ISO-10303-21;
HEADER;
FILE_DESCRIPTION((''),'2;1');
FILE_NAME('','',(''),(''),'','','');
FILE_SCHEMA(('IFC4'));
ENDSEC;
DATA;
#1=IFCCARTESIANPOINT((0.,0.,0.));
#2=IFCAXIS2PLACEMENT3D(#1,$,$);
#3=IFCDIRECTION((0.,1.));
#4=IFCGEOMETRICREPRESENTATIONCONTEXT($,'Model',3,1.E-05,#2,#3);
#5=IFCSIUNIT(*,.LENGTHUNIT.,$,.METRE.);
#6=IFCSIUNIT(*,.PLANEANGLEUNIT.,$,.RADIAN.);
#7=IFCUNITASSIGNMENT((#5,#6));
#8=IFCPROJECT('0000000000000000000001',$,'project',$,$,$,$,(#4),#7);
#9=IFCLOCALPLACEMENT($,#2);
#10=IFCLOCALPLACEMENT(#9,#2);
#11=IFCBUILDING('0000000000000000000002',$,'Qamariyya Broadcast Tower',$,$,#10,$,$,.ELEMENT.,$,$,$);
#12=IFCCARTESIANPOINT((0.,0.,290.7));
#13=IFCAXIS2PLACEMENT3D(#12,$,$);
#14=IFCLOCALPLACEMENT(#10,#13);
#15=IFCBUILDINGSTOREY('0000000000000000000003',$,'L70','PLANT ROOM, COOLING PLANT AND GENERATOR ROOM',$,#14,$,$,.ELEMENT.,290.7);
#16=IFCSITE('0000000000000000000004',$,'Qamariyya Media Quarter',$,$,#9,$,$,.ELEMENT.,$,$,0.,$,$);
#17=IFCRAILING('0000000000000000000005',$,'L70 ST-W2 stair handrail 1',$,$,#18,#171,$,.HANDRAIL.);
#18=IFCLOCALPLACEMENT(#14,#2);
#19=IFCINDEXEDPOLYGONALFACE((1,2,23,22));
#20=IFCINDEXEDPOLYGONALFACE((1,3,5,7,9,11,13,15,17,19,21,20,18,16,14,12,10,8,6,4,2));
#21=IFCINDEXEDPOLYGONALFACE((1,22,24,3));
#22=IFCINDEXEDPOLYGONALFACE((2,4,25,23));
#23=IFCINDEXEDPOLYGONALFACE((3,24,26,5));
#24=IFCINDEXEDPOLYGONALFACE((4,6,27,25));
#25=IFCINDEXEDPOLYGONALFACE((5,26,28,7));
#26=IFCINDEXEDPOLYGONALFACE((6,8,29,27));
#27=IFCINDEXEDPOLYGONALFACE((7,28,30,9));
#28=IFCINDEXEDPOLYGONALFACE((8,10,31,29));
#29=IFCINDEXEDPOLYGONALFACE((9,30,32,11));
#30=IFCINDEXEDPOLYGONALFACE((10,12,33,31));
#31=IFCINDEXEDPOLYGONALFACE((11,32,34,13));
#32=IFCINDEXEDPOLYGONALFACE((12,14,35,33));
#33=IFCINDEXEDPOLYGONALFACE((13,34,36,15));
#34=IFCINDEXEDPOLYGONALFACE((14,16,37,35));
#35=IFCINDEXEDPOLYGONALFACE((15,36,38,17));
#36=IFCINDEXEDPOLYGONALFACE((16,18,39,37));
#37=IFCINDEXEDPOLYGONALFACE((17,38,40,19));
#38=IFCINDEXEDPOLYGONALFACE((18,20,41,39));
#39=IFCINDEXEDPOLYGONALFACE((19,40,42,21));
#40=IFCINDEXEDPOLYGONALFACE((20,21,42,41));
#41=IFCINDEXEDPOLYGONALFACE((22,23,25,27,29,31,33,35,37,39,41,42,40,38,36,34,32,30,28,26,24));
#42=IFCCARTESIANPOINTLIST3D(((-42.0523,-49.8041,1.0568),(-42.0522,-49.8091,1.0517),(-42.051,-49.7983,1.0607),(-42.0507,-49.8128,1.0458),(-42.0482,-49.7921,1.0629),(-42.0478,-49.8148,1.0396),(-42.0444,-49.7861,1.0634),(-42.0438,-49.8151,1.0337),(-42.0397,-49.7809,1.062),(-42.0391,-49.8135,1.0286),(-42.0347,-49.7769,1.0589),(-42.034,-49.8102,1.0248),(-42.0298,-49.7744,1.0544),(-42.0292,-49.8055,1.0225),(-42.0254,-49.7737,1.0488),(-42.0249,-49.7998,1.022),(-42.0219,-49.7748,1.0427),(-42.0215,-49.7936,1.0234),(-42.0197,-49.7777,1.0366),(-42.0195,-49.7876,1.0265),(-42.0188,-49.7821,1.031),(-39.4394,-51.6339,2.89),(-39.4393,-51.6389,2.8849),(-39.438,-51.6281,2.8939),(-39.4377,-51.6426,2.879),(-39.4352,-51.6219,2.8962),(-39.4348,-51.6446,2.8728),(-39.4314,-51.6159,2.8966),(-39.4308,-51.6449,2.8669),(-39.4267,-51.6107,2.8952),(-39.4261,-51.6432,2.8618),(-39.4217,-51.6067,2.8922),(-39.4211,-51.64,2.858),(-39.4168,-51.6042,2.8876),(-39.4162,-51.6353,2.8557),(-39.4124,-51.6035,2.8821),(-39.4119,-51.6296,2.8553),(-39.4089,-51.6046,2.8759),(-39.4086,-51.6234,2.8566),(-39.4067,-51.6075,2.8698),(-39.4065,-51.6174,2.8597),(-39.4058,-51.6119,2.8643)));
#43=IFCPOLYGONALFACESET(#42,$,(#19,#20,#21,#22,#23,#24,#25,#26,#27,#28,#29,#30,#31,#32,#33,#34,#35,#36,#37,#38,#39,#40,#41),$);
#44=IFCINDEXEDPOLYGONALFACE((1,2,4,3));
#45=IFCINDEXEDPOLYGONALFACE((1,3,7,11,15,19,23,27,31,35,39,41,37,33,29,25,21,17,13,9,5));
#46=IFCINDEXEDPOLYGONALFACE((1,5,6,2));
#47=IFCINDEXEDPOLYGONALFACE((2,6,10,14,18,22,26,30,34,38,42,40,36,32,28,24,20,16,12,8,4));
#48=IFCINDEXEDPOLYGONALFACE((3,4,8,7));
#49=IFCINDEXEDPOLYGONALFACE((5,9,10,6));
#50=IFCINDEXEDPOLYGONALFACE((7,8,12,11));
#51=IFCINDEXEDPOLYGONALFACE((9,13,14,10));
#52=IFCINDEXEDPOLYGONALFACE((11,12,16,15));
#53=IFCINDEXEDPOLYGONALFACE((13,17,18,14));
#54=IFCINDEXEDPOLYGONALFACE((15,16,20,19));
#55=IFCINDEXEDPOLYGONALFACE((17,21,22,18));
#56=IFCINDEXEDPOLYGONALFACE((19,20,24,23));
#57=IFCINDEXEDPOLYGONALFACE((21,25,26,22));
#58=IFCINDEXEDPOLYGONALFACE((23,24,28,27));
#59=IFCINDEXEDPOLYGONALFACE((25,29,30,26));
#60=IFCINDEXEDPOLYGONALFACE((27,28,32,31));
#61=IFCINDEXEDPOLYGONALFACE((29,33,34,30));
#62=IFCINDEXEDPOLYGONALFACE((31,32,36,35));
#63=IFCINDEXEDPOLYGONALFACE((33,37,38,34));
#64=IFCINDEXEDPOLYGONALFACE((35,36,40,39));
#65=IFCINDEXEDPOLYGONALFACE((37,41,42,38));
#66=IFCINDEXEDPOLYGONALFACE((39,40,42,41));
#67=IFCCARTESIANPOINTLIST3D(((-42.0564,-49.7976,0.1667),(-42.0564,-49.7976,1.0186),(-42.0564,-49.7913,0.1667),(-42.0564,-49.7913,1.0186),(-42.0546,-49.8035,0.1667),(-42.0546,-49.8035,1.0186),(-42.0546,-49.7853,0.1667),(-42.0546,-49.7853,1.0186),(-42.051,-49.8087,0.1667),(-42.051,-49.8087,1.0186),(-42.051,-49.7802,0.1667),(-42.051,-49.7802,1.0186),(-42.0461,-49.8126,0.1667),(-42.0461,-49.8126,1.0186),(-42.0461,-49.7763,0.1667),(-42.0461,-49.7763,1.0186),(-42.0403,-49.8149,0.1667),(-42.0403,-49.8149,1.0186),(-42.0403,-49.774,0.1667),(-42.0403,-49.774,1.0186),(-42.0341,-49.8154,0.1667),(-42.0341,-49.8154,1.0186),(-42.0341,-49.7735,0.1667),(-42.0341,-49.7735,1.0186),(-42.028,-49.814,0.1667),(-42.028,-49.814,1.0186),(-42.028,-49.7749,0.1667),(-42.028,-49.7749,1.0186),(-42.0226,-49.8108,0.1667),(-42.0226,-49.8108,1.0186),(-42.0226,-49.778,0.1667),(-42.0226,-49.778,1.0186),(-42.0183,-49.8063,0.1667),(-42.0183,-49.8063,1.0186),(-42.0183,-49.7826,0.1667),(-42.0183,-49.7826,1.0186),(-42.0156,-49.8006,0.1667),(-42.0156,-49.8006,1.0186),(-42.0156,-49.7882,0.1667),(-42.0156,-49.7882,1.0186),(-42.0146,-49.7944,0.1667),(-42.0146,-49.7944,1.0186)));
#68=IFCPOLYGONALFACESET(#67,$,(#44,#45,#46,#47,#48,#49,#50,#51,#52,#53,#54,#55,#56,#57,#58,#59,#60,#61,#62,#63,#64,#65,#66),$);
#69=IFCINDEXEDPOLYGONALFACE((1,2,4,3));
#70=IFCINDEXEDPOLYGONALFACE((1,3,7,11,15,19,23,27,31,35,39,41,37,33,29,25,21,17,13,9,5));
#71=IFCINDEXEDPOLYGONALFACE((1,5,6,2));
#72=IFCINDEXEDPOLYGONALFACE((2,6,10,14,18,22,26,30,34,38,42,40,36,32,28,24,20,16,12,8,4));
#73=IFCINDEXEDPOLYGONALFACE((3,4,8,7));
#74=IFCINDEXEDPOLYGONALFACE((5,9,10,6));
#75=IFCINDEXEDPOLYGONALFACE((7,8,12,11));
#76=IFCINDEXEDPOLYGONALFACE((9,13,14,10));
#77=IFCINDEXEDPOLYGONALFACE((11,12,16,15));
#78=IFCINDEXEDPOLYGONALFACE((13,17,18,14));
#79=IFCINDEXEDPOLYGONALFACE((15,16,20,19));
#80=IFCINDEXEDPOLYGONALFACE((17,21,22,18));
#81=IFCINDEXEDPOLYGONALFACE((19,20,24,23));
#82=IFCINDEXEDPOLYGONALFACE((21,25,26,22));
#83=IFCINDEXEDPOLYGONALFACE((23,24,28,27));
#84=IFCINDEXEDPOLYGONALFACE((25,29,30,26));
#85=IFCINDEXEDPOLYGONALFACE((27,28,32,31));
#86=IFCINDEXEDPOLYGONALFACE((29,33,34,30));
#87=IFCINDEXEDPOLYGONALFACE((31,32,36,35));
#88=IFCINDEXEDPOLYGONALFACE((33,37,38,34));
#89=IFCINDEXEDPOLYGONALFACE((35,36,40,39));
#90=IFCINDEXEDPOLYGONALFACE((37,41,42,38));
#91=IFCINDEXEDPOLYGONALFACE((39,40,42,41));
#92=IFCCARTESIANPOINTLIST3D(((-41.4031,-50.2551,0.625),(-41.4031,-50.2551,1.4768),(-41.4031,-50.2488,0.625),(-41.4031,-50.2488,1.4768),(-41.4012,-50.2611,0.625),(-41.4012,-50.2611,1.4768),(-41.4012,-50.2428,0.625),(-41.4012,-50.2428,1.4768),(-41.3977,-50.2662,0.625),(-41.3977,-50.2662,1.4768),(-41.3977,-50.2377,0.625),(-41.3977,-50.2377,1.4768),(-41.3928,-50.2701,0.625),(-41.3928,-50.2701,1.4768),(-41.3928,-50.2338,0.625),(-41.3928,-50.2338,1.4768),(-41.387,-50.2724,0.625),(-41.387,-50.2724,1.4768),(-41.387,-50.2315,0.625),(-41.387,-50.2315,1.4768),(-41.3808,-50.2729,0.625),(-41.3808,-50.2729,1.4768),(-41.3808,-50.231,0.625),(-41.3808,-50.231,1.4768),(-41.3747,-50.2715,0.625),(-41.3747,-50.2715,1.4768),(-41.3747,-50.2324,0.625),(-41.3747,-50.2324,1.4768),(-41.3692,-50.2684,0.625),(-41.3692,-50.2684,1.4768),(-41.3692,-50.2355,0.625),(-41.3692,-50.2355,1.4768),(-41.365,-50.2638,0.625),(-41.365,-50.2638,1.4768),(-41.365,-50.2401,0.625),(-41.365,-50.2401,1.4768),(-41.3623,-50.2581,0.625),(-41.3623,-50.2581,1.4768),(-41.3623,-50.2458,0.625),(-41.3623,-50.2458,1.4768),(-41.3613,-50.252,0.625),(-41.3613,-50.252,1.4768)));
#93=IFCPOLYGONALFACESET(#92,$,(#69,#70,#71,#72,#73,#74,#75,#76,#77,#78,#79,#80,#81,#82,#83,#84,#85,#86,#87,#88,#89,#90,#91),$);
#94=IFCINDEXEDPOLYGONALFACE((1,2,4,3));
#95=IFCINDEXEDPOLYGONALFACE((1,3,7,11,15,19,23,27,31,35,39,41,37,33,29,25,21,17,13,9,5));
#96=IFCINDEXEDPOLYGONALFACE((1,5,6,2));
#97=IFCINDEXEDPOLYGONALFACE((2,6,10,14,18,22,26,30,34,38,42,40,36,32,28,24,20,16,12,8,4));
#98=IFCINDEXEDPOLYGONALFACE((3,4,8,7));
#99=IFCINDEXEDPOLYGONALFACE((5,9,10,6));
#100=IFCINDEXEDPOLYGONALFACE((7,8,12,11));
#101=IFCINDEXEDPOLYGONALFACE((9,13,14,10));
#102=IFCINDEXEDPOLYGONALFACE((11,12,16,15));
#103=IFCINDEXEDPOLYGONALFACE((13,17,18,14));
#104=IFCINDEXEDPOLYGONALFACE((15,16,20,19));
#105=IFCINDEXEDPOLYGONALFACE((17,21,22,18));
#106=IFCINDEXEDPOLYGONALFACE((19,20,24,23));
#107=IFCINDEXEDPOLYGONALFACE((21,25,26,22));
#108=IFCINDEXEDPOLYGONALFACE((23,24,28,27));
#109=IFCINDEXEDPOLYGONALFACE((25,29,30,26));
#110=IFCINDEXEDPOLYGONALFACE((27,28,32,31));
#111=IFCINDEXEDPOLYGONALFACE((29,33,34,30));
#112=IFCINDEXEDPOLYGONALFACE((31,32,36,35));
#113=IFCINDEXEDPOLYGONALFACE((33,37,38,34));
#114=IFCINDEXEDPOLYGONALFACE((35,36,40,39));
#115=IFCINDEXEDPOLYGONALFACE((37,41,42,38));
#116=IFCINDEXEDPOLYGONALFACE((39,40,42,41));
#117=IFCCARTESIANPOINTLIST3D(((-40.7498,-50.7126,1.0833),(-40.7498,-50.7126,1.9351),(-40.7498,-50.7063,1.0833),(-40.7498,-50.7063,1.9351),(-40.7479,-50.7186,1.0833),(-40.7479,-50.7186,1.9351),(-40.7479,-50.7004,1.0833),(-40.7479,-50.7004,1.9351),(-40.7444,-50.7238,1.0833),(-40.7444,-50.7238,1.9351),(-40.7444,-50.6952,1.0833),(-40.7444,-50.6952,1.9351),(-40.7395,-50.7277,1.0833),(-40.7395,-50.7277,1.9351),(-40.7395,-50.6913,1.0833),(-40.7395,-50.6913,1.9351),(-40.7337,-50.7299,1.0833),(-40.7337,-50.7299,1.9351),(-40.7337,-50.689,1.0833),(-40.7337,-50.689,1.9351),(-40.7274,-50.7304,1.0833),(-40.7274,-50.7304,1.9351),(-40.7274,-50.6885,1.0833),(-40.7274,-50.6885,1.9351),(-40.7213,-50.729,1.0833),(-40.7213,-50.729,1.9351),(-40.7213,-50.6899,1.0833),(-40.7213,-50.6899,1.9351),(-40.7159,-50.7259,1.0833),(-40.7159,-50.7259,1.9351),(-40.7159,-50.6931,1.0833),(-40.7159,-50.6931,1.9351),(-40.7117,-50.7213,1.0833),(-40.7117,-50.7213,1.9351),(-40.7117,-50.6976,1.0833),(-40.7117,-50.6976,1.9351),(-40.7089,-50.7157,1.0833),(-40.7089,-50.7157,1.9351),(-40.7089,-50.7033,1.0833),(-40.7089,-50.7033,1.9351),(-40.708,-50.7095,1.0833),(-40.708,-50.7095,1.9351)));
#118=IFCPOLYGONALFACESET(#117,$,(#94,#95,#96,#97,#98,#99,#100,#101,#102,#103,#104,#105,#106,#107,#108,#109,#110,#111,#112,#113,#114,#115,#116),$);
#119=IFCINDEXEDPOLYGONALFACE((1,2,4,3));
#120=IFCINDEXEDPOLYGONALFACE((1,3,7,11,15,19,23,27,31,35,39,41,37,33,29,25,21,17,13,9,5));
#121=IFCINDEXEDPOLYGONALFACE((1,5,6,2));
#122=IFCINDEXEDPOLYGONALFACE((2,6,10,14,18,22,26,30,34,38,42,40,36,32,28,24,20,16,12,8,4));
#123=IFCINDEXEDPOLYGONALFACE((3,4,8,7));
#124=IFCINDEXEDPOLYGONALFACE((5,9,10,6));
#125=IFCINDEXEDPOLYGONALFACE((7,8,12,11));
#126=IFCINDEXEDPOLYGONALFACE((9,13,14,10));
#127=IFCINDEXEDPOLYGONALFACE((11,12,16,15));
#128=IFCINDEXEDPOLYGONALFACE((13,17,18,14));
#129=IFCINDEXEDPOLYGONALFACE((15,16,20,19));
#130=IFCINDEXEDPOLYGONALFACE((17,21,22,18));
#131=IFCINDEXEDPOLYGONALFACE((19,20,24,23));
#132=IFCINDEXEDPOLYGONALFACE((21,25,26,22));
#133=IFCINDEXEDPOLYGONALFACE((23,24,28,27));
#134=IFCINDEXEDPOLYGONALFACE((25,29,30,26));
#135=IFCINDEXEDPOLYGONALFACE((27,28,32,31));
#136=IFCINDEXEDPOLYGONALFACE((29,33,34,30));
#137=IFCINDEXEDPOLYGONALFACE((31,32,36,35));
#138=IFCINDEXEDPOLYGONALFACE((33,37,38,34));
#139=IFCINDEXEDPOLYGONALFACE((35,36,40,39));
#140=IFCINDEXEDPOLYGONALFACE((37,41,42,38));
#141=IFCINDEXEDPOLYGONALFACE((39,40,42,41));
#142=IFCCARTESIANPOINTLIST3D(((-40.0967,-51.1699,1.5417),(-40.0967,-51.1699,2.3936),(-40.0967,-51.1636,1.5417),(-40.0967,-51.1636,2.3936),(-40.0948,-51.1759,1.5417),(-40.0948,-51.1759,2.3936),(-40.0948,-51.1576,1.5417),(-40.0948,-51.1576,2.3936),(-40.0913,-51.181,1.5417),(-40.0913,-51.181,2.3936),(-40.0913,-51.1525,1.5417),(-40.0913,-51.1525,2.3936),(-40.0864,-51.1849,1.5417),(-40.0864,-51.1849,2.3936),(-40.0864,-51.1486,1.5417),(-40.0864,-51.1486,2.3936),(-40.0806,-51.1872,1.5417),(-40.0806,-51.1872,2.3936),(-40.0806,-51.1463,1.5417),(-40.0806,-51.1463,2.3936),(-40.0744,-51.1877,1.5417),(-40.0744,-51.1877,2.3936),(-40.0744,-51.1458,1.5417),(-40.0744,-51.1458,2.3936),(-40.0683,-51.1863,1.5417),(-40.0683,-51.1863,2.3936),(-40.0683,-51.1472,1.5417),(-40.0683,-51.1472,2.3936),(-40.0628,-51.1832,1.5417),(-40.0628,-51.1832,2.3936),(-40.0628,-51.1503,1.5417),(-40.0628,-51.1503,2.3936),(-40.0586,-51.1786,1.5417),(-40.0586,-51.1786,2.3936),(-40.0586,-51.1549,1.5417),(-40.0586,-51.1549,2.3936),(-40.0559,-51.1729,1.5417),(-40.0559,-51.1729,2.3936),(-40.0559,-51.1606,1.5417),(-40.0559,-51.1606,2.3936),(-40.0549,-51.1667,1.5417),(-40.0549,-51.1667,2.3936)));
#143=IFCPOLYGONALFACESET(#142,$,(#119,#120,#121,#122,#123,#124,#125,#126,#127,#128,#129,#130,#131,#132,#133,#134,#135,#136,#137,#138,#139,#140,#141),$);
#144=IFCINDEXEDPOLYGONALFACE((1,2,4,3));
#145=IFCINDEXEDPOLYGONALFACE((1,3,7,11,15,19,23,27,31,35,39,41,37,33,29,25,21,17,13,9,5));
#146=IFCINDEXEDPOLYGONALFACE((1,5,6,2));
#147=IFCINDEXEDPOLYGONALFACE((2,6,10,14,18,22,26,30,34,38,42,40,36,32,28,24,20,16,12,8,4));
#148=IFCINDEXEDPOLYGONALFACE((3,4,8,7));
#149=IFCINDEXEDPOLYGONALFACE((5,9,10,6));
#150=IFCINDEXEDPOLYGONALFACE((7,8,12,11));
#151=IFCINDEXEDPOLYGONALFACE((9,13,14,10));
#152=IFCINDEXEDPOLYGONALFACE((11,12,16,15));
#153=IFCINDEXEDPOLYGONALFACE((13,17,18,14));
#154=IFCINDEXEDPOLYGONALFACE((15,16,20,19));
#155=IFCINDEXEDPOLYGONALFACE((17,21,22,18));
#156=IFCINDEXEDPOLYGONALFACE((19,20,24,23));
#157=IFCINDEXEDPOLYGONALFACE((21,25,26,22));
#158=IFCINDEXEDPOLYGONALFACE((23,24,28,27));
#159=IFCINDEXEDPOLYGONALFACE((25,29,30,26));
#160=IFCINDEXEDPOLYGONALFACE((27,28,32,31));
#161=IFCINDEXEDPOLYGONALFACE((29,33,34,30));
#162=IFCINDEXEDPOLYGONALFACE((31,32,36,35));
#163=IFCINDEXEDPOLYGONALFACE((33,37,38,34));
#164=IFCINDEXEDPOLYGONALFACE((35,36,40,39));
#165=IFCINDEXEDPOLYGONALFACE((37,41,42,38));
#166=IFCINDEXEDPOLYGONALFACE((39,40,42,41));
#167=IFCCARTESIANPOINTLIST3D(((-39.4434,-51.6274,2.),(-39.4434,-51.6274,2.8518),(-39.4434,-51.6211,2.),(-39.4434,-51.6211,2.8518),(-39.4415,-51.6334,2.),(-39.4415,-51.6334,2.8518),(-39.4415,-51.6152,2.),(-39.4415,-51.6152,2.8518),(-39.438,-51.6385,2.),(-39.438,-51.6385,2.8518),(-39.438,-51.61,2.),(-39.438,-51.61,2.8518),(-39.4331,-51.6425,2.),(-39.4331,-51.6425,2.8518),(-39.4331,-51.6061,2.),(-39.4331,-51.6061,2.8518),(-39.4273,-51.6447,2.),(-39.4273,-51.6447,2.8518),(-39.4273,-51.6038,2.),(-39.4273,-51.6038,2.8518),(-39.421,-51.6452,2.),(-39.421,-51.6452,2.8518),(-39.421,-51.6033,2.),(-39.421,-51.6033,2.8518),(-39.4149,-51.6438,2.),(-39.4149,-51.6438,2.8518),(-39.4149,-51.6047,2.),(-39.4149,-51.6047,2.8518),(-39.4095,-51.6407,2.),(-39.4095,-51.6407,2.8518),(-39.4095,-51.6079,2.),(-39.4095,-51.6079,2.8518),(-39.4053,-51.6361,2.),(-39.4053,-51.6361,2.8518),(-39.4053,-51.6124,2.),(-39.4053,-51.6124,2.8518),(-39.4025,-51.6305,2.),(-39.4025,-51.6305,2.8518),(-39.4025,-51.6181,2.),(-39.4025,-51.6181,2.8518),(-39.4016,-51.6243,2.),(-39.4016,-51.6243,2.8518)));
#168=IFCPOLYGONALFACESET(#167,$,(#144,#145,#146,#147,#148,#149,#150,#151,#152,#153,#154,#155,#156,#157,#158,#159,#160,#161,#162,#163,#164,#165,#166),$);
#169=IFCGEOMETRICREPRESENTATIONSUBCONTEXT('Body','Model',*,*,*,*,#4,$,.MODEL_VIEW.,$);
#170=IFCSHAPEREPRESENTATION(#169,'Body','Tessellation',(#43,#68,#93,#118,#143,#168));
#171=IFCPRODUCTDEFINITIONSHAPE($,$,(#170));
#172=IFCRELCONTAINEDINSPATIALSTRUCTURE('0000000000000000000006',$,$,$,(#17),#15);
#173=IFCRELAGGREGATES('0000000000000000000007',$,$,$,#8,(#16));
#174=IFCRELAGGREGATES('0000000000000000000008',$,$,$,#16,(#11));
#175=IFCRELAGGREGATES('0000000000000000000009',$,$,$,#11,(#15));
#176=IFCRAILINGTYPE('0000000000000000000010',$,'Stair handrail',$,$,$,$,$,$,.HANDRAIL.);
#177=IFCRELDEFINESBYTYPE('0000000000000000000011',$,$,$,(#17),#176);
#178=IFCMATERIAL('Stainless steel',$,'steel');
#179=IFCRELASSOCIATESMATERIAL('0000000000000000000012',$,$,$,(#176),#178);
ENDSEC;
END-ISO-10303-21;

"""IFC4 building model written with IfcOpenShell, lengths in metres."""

from ifc_helpers import new_model, si_unit, direction, frame, origin, origin_2d, place, context, subcontext, project, spatial, circle, extrude, material, type_object, element, save


model = new_model("IFC4")

# Units and contexts
model_context = context("Model", 3, precision=1e-05, world=origin(), true_north=direction((0.0, 1.0)))
body_context = subcontext(model_context, "Body", "Model", "MODEL_VIEW")
ifc_project = project(units=[si_unit("LENGTHUNIT", "METRE"), si_unit("PLANEANGLEUNIT", "RADIAN")], contexts=[model_context])

# Site, building, storey
site_placement = place(None, origin())
site = spatial("IfcSite", under=ifc_project, at=site_placement, Name="Qamariyya Media Quarter", CompositionType="ELEMENT", RefElevation=0.0)
building_placement = place(site_placement, origin())
building = spatial("IfcBuilding", under=site, at=building_placement, Name="Qamariyya Broadcast Tower", CompositionType="ELEMENT")
storey_placement = place(building_placement, frame((0.0, 0.0, 290.7)))
storey = spatial("IfcBuildingStorey", under=building, at=storey_placement, Name="L70", Description="PLANT ROOM, COOLING PLANT AND GENERATOR ROOM", CompositionType="ELEMENT", Elevation=290.7)

# Railing
ifc_material_1 = material(Name="Stainless steel", Category="steel")
railing_type_1 = type_object("IfcRailingType", Name="Stair handrail", PredefinedType="HANDRAIL", material=ifc_material_1)
railing_1_placement = place(storey_placement, frame((-42.0356, -49.7944, 0.1667)))
element("IfcRailing", 1, at=railing_1_placement, inside=storey, type_object=railing_type_1, Name="L70 ST-W2 stair handrail 1", PredefinedType="HANDRAIL", context=body_context, shape_type="SweptSolid", body=[
    extrude(circle(Radius=0.0239, at=origin_2d()), frame((0.0, 0.0, 0.876), z_axis=(0.710204, -0.497335, 0.498264), x_axis=(0.573611, 0.819128, 0.0)), (0.0, 0.0, 1.0), 3.6792),
    extrude(circle(Radius=0.021, at=origin_2d()), origin(), (0.0, 0.0, 1.0), 0.8518),
    extrude(circle(Radius=0.021, at=origin_2d()), frame((0.6533, -0.4575, 0.4583)), (0.0, 0.0, 1.0), 0.8518),
    extrude(circle(Radius=0.021, at=origin_2d()), frame((1.3066, -0.915, 0.9165)), (0.0, 0.0, 1.0), 0.8518),
    extrude(circle(Radius=0.021, at=origin_2d()), frame((1.9597, -1.3723, 1.375)), (0.0, 0.0, 1.0), 0.8518),
    extrude(circle(Radius=0.021, at=origin_2d()), frame((2.613, -1.8298, 1.8333)), (0.0, 0.0, 1.0), 0.8518),
])

save(model, "model.ifc")
